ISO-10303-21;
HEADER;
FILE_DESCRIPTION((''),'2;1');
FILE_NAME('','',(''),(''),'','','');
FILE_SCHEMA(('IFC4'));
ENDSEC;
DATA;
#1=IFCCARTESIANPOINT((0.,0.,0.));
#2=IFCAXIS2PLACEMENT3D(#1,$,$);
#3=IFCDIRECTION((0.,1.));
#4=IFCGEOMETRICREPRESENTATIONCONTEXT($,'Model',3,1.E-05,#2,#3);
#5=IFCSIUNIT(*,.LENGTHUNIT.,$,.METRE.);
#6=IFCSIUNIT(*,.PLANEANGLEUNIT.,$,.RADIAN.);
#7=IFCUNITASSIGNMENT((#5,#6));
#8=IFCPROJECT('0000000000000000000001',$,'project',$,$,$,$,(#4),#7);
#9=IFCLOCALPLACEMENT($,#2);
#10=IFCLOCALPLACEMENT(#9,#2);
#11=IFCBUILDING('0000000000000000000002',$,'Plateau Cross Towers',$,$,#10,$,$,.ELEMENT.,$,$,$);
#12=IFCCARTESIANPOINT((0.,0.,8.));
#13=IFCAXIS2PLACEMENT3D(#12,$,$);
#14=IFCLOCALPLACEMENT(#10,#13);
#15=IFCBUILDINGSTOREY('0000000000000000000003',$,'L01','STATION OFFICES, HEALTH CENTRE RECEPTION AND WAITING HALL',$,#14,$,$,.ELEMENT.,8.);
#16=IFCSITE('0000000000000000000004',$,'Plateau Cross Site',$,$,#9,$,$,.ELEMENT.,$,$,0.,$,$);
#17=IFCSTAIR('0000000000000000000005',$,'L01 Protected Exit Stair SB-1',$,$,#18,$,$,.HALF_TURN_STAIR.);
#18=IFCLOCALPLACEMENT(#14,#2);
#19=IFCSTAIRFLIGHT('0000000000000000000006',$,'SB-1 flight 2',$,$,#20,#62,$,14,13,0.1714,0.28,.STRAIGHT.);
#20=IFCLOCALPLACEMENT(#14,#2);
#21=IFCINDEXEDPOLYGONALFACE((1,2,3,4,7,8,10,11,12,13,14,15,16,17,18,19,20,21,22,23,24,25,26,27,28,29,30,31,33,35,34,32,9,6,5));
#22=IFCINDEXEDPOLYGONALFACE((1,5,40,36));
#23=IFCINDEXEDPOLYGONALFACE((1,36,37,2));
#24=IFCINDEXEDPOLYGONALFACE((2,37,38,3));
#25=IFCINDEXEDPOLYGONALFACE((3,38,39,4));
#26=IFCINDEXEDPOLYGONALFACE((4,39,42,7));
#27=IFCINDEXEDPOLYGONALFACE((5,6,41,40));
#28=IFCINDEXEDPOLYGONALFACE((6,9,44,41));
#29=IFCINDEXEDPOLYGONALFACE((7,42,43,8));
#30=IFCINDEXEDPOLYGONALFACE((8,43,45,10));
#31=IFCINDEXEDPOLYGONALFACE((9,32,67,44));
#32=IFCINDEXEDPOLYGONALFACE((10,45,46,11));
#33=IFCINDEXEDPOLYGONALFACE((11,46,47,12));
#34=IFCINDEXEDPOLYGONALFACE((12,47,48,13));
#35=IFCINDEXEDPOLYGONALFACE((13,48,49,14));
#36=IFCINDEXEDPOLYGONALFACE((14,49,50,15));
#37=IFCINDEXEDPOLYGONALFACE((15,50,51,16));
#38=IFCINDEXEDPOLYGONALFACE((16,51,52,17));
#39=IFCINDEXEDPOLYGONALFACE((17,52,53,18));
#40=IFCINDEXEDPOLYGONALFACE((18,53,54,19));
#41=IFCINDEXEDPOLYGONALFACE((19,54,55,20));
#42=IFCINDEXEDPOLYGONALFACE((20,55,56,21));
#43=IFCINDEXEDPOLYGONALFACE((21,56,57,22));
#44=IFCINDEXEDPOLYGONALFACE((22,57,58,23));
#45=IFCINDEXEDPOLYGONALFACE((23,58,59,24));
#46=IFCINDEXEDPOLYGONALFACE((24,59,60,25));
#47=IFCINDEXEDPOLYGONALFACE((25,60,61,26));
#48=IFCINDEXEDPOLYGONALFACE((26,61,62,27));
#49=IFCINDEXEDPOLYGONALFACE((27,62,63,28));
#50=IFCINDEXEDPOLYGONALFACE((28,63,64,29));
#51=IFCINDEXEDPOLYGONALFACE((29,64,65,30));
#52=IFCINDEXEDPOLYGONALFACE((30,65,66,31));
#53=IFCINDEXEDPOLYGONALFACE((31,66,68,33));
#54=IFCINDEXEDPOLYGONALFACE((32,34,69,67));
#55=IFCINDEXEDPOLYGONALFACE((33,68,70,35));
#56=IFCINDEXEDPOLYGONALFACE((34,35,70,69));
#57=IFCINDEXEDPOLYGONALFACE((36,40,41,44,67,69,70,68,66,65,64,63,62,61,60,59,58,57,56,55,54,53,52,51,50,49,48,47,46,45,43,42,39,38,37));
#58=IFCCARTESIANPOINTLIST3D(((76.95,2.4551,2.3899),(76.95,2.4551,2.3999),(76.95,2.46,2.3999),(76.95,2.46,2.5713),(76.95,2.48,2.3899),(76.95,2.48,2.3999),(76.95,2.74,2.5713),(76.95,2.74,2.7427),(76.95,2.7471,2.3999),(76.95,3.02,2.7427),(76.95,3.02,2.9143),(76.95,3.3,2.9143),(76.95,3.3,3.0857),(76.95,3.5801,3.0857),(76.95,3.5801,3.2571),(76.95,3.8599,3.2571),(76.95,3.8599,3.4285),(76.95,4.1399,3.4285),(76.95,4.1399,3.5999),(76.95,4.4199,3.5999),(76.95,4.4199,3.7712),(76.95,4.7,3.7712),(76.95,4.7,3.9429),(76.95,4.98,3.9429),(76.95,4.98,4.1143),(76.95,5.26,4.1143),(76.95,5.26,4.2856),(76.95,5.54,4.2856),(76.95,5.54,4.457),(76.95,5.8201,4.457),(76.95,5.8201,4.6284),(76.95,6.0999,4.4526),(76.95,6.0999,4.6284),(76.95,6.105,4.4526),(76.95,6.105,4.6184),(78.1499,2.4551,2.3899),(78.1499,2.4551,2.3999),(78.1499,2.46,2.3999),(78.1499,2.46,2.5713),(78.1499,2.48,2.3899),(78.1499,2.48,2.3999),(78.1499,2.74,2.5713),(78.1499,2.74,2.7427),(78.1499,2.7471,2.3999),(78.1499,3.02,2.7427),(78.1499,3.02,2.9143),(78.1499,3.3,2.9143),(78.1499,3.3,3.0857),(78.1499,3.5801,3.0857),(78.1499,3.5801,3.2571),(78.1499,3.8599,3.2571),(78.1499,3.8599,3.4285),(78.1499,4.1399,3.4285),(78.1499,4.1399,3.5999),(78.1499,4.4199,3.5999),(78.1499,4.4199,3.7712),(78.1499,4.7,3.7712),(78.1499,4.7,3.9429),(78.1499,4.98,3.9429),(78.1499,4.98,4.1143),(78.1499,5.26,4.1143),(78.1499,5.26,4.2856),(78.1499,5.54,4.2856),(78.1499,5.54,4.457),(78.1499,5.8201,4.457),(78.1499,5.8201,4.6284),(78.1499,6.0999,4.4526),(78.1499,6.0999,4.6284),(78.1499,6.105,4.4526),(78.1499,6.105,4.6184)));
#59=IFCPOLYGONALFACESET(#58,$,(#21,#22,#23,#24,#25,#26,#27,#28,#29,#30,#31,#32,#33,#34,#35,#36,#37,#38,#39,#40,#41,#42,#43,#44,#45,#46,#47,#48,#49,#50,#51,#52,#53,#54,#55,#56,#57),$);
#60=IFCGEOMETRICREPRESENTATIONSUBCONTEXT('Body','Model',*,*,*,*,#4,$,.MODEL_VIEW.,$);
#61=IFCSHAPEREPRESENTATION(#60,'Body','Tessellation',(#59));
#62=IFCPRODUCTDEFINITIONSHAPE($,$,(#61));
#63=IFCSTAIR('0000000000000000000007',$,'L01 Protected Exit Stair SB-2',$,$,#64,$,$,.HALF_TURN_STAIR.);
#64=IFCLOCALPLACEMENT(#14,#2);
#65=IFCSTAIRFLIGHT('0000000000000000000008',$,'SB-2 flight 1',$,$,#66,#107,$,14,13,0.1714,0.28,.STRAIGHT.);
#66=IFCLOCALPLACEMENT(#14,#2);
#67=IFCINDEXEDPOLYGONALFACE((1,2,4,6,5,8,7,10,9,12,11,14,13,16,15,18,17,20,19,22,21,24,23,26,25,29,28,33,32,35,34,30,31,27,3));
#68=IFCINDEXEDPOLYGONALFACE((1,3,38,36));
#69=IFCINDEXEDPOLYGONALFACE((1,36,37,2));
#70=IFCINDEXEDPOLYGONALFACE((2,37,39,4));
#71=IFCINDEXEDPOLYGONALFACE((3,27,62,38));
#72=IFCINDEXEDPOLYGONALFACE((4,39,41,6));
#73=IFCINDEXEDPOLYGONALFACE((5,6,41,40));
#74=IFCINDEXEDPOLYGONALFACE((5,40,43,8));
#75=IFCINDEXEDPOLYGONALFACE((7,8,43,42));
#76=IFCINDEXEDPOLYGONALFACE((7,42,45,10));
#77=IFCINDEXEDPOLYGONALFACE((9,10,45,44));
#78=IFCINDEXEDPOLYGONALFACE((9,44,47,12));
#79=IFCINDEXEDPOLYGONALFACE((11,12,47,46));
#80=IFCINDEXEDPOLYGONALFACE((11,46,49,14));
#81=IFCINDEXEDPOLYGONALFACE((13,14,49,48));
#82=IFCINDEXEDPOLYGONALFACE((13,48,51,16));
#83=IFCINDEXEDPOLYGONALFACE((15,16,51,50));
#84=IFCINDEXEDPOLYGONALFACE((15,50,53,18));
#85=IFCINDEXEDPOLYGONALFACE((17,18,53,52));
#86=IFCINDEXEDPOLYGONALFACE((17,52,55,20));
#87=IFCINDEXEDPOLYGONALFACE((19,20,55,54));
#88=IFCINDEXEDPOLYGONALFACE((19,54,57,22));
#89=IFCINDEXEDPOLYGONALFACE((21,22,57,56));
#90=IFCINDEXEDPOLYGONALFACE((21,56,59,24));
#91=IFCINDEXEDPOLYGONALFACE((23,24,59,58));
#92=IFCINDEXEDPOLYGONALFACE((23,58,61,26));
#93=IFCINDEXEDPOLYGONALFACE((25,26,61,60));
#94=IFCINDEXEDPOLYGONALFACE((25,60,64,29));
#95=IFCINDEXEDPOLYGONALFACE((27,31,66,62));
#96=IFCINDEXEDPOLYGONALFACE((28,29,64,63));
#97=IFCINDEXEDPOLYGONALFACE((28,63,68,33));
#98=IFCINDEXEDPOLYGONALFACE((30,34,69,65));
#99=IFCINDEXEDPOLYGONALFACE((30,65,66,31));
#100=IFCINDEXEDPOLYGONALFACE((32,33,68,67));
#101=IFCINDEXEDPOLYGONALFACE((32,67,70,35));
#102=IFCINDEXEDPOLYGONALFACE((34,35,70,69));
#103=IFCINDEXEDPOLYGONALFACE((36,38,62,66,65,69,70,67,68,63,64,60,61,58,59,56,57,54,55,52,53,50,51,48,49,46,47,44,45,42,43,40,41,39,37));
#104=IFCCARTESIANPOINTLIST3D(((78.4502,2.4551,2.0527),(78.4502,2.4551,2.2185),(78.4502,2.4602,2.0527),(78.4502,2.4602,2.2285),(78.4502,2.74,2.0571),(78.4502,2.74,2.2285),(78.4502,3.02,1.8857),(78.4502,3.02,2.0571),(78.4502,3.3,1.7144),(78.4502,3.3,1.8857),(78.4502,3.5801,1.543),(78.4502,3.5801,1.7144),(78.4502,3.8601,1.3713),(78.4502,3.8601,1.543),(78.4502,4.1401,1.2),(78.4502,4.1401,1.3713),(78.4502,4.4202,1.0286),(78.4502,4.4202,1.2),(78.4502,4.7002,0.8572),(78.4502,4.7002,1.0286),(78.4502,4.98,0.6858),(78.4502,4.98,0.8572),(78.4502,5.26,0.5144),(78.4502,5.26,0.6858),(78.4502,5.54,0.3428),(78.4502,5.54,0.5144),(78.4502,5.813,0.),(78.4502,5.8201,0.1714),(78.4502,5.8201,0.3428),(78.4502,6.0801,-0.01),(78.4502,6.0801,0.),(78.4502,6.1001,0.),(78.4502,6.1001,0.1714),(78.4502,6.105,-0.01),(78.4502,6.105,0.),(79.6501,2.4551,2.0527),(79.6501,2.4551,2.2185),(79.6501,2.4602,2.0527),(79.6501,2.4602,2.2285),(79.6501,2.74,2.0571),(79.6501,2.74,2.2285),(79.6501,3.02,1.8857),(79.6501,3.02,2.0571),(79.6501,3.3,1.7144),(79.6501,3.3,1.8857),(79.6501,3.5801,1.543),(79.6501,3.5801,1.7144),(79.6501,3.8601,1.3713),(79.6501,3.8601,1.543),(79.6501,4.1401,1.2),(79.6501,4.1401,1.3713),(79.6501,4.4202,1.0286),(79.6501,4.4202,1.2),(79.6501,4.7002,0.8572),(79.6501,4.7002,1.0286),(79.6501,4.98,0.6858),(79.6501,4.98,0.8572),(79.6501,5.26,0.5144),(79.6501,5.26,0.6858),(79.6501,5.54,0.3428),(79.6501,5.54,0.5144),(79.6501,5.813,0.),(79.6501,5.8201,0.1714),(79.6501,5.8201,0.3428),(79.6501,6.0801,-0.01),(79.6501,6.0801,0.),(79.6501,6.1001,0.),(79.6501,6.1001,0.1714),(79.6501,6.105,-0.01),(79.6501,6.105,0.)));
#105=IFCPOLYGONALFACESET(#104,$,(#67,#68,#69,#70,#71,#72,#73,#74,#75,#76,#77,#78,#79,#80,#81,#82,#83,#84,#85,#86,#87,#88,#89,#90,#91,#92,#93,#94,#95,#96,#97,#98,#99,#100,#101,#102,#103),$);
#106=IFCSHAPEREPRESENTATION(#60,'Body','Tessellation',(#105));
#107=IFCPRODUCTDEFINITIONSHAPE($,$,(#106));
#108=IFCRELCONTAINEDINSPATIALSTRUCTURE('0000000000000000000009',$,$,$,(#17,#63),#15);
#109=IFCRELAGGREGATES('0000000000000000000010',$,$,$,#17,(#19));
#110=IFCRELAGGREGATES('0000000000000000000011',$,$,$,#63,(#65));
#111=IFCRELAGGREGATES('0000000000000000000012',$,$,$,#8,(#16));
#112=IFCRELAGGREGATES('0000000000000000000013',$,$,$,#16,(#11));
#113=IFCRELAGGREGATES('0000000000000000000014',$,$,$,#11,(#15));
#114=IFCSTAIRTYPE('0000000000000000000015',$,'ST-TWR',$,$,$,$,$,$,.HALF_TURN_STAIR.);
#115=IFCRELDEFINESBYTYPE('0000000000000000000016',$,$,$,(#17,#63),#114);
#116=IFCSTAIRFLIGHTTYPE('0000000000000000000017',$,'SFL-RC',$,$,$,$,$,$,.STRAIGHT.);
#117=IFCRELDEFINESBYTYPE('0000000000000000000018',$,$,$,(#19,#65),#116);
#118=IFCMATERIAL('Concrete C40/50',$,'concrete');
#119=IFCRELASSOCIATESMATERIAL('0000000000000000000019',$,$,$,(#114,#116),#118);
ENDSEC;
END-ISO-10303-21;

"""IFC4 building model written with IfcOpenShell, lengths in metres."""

from ifc_helpers import new_model, si_unit, direction, frame, origin, place, context, subcontext, project, spatial, polyline, outline, extrude, material, type_object, element, aggregate, save


model = new_model("IFC4")

# Units and contexts
model_context = context("Model", 3, precision=1e-05, world=origin(), true_north=direction((0.0, 1.0)))
body_context = subcontext(model_context, "Body", "Model", "MODEL_VIEW")
ifc_project = project(units=[si_unit("LENGTHUNIT", "METRE"), si_unit("PLANEANGLEUNIT", "RADIAN")], contexts=[model_context])

# Site, building, storey
site_placement = place(None, origin())
site = spatial("IfcSite", under=ifc_project, at=site_placement, Name="Plateau Cross Site", CompositionType="ELEMENT", RefElevation=0.0)
building_placement = place(site_placement, origin())
building = spatial("IfcBuilding", under=site, at=building_placement, Name="Plateau Cross Towers", CompositionType="ELEMENT")
storey_placement = place(building_placement, frame((0.0, 0.0, 8.0)))
storey = spatial("IfcBuildingStorey", under=building, at=storey_placement, Name="L01", Description="STATION OFFICES, HEALTH CENTRE RECEPTION AND WAITING HALL", CompositionType="ELEMENT", Elevation=8.0)

# Stair, stair flight
ifc_material_1 = material(Name="Concrete C40/50", Category="concrete")
stair_type = type_object("IfcStairType", Name="ST-TWR", PredefinedType="HALF_TURN_STAIR", material=ifc_material_1)
stair_1_placement = place(storey_placement, origin())
stair_1 = element("IfcStair", 1, at=stair_1_placement, inside=storey, type_object=stair_type, Name="L01 Protected Exit Stair SB-1", PredefinedType="HALF_TURN_STAIR")
stair_flight_type = type_object("IfcStairFlightType", Name="SFL-RC", PredefinedType="STRAIGHT", material=ifc_material_1)
stair_flight_1_placement = place(storey_placement, frame((77.55, 2.46, 2.3999), z_axis=(0.0, 0.0, 1.0), x_axis=(0.0, 1.0, 0.0)))
stair_flight_1 = element("IfcStairFlight", 2, at=stair_flight_1_placement, type_object=stair_flight_type, Name="SB-1 flight 2", NumberOfRisers=14, NumberOfTreads=13, PredefinedType="STRAIGHT", RiserHeight=0.1714, TreadLength=0.28, context=body_context, shape_type="SweptSolid", body=[
    extrude(outline(polyline([(-0.0049, -0.01), (-0.0049, 0.0), (0.0, 0.0), (0.0, 0.1714), (0.28, 0.1714), (0.28, 0.3428), (0.5601, 0.3428), (0.5601, 0.5144), (0.8401, 0.5144), (0.8401, 0.6858), (1.1201, 0.6858), (1.1201, 0.8572), (1.3999, 0.8572), (1.3999, 1.0286), (1.6799, 1.0286), (1.6799, 1.2), (1.96, 1.2), (1.96, 1.3713), (2.24, 1.3713), (2.24, 1.543), (2.52, 1.543), (2.52, 1.7144), (2.8, 1.7144), (2.8, 1.8857), (3.0801, 1.8857), (3.0801, 2.0571), (3.3601, 2.0571), (3.3601, 2.2285), (3.6399, 2.2285), (3.645, 2.2185), (3.645, 2.0527), (3.6399, 2.0527), (0.2871, 0.0), (0.02, 0.0), (0.02, -0.01), (-0.0049, -0.01)])), frame((0.0, 0.6001, 0.0), z_axis=(0.0, -1.0, 0.0), x_axis=(1.0, 0.0, 0.0)), (0.0, 0.0, 1.0), 1.2),
])
aggregate(stair_1, [stair_flight_1])

# Stair, stair flight
stair_2_placement = place(storey_placement, origin())
stair_2 = element("IfcStair", 3, at=stair_2_placement, inside=storey, type_object=stair_type, Name="L01 Protected Exit Stair SB-2", PredefinedType="HALF_TURN_STAIR")
stair_flight_2_placement = place(storey_placement, frame((79.05, 6.1001, 0.0), z_axis=(0.0, 0.0, 1.0), x_axis=(0.0, -1.0, 0.0)))
stair_flight_2 = element("IfcStairFlight", 4, at=stair_flight_2_placement, type_object=stair_flight_type, Name="SB-2 flight 1", NumberOfRisers=14, NumberOfTreads=13, PredefinedType="STRAIGHT", RiserHeight=0.1714, TreadLength=0.28, context=body_context, shape_type="SweptSolid", body=[
    extrude(outline(polyline([(-0.0049, -0.01), (-0.0049, 0.0), (0.0, 0.0), (0.0, 0.1714), (0.28, 0.1714), (0.28, 0.3428), (0.5601, 0.3428), (0.5601, 0.5144), (0.8401, 0.5144), (0.8401, 0.6858), (1.1201, 0.6858), (1.1201, 0.8572), (1.3999, 0.8572), (1.3999, 1.0286), (1.6799, 1.0286), (1.6799, 1.2), (1.96, 1.2), (1.96, 1.3713), (2.24, 1.3713), (2.24, 1.543), (2.52, 1.543), (2.52, 1.7144), (2.8, 1.7144), (2.8, 1.8857), (3.0801, 1.8857), (3.0801, 2.0571), (3.3601, 2.0571), (3.3601, 2.2285), (3.6399, 2.2285), (3.645, 2.2185), (3.645, 2.0527), (3.6399, 2.0527), (0.2871, 0.0), (0.02, 0.0), (0.02, -0.01), (-0.0049, -0.01)])), frame((0.0, 0.6001, 0.0), z_axis=(0.0, -1.0, 0.0), x_axis=(1.0, 0.0, 0.0)), (0.0, 0.0, 1.0), 1.2),
])
aggregate(stair_2, [stair_flight_2])

save(model, "model.ifc")
